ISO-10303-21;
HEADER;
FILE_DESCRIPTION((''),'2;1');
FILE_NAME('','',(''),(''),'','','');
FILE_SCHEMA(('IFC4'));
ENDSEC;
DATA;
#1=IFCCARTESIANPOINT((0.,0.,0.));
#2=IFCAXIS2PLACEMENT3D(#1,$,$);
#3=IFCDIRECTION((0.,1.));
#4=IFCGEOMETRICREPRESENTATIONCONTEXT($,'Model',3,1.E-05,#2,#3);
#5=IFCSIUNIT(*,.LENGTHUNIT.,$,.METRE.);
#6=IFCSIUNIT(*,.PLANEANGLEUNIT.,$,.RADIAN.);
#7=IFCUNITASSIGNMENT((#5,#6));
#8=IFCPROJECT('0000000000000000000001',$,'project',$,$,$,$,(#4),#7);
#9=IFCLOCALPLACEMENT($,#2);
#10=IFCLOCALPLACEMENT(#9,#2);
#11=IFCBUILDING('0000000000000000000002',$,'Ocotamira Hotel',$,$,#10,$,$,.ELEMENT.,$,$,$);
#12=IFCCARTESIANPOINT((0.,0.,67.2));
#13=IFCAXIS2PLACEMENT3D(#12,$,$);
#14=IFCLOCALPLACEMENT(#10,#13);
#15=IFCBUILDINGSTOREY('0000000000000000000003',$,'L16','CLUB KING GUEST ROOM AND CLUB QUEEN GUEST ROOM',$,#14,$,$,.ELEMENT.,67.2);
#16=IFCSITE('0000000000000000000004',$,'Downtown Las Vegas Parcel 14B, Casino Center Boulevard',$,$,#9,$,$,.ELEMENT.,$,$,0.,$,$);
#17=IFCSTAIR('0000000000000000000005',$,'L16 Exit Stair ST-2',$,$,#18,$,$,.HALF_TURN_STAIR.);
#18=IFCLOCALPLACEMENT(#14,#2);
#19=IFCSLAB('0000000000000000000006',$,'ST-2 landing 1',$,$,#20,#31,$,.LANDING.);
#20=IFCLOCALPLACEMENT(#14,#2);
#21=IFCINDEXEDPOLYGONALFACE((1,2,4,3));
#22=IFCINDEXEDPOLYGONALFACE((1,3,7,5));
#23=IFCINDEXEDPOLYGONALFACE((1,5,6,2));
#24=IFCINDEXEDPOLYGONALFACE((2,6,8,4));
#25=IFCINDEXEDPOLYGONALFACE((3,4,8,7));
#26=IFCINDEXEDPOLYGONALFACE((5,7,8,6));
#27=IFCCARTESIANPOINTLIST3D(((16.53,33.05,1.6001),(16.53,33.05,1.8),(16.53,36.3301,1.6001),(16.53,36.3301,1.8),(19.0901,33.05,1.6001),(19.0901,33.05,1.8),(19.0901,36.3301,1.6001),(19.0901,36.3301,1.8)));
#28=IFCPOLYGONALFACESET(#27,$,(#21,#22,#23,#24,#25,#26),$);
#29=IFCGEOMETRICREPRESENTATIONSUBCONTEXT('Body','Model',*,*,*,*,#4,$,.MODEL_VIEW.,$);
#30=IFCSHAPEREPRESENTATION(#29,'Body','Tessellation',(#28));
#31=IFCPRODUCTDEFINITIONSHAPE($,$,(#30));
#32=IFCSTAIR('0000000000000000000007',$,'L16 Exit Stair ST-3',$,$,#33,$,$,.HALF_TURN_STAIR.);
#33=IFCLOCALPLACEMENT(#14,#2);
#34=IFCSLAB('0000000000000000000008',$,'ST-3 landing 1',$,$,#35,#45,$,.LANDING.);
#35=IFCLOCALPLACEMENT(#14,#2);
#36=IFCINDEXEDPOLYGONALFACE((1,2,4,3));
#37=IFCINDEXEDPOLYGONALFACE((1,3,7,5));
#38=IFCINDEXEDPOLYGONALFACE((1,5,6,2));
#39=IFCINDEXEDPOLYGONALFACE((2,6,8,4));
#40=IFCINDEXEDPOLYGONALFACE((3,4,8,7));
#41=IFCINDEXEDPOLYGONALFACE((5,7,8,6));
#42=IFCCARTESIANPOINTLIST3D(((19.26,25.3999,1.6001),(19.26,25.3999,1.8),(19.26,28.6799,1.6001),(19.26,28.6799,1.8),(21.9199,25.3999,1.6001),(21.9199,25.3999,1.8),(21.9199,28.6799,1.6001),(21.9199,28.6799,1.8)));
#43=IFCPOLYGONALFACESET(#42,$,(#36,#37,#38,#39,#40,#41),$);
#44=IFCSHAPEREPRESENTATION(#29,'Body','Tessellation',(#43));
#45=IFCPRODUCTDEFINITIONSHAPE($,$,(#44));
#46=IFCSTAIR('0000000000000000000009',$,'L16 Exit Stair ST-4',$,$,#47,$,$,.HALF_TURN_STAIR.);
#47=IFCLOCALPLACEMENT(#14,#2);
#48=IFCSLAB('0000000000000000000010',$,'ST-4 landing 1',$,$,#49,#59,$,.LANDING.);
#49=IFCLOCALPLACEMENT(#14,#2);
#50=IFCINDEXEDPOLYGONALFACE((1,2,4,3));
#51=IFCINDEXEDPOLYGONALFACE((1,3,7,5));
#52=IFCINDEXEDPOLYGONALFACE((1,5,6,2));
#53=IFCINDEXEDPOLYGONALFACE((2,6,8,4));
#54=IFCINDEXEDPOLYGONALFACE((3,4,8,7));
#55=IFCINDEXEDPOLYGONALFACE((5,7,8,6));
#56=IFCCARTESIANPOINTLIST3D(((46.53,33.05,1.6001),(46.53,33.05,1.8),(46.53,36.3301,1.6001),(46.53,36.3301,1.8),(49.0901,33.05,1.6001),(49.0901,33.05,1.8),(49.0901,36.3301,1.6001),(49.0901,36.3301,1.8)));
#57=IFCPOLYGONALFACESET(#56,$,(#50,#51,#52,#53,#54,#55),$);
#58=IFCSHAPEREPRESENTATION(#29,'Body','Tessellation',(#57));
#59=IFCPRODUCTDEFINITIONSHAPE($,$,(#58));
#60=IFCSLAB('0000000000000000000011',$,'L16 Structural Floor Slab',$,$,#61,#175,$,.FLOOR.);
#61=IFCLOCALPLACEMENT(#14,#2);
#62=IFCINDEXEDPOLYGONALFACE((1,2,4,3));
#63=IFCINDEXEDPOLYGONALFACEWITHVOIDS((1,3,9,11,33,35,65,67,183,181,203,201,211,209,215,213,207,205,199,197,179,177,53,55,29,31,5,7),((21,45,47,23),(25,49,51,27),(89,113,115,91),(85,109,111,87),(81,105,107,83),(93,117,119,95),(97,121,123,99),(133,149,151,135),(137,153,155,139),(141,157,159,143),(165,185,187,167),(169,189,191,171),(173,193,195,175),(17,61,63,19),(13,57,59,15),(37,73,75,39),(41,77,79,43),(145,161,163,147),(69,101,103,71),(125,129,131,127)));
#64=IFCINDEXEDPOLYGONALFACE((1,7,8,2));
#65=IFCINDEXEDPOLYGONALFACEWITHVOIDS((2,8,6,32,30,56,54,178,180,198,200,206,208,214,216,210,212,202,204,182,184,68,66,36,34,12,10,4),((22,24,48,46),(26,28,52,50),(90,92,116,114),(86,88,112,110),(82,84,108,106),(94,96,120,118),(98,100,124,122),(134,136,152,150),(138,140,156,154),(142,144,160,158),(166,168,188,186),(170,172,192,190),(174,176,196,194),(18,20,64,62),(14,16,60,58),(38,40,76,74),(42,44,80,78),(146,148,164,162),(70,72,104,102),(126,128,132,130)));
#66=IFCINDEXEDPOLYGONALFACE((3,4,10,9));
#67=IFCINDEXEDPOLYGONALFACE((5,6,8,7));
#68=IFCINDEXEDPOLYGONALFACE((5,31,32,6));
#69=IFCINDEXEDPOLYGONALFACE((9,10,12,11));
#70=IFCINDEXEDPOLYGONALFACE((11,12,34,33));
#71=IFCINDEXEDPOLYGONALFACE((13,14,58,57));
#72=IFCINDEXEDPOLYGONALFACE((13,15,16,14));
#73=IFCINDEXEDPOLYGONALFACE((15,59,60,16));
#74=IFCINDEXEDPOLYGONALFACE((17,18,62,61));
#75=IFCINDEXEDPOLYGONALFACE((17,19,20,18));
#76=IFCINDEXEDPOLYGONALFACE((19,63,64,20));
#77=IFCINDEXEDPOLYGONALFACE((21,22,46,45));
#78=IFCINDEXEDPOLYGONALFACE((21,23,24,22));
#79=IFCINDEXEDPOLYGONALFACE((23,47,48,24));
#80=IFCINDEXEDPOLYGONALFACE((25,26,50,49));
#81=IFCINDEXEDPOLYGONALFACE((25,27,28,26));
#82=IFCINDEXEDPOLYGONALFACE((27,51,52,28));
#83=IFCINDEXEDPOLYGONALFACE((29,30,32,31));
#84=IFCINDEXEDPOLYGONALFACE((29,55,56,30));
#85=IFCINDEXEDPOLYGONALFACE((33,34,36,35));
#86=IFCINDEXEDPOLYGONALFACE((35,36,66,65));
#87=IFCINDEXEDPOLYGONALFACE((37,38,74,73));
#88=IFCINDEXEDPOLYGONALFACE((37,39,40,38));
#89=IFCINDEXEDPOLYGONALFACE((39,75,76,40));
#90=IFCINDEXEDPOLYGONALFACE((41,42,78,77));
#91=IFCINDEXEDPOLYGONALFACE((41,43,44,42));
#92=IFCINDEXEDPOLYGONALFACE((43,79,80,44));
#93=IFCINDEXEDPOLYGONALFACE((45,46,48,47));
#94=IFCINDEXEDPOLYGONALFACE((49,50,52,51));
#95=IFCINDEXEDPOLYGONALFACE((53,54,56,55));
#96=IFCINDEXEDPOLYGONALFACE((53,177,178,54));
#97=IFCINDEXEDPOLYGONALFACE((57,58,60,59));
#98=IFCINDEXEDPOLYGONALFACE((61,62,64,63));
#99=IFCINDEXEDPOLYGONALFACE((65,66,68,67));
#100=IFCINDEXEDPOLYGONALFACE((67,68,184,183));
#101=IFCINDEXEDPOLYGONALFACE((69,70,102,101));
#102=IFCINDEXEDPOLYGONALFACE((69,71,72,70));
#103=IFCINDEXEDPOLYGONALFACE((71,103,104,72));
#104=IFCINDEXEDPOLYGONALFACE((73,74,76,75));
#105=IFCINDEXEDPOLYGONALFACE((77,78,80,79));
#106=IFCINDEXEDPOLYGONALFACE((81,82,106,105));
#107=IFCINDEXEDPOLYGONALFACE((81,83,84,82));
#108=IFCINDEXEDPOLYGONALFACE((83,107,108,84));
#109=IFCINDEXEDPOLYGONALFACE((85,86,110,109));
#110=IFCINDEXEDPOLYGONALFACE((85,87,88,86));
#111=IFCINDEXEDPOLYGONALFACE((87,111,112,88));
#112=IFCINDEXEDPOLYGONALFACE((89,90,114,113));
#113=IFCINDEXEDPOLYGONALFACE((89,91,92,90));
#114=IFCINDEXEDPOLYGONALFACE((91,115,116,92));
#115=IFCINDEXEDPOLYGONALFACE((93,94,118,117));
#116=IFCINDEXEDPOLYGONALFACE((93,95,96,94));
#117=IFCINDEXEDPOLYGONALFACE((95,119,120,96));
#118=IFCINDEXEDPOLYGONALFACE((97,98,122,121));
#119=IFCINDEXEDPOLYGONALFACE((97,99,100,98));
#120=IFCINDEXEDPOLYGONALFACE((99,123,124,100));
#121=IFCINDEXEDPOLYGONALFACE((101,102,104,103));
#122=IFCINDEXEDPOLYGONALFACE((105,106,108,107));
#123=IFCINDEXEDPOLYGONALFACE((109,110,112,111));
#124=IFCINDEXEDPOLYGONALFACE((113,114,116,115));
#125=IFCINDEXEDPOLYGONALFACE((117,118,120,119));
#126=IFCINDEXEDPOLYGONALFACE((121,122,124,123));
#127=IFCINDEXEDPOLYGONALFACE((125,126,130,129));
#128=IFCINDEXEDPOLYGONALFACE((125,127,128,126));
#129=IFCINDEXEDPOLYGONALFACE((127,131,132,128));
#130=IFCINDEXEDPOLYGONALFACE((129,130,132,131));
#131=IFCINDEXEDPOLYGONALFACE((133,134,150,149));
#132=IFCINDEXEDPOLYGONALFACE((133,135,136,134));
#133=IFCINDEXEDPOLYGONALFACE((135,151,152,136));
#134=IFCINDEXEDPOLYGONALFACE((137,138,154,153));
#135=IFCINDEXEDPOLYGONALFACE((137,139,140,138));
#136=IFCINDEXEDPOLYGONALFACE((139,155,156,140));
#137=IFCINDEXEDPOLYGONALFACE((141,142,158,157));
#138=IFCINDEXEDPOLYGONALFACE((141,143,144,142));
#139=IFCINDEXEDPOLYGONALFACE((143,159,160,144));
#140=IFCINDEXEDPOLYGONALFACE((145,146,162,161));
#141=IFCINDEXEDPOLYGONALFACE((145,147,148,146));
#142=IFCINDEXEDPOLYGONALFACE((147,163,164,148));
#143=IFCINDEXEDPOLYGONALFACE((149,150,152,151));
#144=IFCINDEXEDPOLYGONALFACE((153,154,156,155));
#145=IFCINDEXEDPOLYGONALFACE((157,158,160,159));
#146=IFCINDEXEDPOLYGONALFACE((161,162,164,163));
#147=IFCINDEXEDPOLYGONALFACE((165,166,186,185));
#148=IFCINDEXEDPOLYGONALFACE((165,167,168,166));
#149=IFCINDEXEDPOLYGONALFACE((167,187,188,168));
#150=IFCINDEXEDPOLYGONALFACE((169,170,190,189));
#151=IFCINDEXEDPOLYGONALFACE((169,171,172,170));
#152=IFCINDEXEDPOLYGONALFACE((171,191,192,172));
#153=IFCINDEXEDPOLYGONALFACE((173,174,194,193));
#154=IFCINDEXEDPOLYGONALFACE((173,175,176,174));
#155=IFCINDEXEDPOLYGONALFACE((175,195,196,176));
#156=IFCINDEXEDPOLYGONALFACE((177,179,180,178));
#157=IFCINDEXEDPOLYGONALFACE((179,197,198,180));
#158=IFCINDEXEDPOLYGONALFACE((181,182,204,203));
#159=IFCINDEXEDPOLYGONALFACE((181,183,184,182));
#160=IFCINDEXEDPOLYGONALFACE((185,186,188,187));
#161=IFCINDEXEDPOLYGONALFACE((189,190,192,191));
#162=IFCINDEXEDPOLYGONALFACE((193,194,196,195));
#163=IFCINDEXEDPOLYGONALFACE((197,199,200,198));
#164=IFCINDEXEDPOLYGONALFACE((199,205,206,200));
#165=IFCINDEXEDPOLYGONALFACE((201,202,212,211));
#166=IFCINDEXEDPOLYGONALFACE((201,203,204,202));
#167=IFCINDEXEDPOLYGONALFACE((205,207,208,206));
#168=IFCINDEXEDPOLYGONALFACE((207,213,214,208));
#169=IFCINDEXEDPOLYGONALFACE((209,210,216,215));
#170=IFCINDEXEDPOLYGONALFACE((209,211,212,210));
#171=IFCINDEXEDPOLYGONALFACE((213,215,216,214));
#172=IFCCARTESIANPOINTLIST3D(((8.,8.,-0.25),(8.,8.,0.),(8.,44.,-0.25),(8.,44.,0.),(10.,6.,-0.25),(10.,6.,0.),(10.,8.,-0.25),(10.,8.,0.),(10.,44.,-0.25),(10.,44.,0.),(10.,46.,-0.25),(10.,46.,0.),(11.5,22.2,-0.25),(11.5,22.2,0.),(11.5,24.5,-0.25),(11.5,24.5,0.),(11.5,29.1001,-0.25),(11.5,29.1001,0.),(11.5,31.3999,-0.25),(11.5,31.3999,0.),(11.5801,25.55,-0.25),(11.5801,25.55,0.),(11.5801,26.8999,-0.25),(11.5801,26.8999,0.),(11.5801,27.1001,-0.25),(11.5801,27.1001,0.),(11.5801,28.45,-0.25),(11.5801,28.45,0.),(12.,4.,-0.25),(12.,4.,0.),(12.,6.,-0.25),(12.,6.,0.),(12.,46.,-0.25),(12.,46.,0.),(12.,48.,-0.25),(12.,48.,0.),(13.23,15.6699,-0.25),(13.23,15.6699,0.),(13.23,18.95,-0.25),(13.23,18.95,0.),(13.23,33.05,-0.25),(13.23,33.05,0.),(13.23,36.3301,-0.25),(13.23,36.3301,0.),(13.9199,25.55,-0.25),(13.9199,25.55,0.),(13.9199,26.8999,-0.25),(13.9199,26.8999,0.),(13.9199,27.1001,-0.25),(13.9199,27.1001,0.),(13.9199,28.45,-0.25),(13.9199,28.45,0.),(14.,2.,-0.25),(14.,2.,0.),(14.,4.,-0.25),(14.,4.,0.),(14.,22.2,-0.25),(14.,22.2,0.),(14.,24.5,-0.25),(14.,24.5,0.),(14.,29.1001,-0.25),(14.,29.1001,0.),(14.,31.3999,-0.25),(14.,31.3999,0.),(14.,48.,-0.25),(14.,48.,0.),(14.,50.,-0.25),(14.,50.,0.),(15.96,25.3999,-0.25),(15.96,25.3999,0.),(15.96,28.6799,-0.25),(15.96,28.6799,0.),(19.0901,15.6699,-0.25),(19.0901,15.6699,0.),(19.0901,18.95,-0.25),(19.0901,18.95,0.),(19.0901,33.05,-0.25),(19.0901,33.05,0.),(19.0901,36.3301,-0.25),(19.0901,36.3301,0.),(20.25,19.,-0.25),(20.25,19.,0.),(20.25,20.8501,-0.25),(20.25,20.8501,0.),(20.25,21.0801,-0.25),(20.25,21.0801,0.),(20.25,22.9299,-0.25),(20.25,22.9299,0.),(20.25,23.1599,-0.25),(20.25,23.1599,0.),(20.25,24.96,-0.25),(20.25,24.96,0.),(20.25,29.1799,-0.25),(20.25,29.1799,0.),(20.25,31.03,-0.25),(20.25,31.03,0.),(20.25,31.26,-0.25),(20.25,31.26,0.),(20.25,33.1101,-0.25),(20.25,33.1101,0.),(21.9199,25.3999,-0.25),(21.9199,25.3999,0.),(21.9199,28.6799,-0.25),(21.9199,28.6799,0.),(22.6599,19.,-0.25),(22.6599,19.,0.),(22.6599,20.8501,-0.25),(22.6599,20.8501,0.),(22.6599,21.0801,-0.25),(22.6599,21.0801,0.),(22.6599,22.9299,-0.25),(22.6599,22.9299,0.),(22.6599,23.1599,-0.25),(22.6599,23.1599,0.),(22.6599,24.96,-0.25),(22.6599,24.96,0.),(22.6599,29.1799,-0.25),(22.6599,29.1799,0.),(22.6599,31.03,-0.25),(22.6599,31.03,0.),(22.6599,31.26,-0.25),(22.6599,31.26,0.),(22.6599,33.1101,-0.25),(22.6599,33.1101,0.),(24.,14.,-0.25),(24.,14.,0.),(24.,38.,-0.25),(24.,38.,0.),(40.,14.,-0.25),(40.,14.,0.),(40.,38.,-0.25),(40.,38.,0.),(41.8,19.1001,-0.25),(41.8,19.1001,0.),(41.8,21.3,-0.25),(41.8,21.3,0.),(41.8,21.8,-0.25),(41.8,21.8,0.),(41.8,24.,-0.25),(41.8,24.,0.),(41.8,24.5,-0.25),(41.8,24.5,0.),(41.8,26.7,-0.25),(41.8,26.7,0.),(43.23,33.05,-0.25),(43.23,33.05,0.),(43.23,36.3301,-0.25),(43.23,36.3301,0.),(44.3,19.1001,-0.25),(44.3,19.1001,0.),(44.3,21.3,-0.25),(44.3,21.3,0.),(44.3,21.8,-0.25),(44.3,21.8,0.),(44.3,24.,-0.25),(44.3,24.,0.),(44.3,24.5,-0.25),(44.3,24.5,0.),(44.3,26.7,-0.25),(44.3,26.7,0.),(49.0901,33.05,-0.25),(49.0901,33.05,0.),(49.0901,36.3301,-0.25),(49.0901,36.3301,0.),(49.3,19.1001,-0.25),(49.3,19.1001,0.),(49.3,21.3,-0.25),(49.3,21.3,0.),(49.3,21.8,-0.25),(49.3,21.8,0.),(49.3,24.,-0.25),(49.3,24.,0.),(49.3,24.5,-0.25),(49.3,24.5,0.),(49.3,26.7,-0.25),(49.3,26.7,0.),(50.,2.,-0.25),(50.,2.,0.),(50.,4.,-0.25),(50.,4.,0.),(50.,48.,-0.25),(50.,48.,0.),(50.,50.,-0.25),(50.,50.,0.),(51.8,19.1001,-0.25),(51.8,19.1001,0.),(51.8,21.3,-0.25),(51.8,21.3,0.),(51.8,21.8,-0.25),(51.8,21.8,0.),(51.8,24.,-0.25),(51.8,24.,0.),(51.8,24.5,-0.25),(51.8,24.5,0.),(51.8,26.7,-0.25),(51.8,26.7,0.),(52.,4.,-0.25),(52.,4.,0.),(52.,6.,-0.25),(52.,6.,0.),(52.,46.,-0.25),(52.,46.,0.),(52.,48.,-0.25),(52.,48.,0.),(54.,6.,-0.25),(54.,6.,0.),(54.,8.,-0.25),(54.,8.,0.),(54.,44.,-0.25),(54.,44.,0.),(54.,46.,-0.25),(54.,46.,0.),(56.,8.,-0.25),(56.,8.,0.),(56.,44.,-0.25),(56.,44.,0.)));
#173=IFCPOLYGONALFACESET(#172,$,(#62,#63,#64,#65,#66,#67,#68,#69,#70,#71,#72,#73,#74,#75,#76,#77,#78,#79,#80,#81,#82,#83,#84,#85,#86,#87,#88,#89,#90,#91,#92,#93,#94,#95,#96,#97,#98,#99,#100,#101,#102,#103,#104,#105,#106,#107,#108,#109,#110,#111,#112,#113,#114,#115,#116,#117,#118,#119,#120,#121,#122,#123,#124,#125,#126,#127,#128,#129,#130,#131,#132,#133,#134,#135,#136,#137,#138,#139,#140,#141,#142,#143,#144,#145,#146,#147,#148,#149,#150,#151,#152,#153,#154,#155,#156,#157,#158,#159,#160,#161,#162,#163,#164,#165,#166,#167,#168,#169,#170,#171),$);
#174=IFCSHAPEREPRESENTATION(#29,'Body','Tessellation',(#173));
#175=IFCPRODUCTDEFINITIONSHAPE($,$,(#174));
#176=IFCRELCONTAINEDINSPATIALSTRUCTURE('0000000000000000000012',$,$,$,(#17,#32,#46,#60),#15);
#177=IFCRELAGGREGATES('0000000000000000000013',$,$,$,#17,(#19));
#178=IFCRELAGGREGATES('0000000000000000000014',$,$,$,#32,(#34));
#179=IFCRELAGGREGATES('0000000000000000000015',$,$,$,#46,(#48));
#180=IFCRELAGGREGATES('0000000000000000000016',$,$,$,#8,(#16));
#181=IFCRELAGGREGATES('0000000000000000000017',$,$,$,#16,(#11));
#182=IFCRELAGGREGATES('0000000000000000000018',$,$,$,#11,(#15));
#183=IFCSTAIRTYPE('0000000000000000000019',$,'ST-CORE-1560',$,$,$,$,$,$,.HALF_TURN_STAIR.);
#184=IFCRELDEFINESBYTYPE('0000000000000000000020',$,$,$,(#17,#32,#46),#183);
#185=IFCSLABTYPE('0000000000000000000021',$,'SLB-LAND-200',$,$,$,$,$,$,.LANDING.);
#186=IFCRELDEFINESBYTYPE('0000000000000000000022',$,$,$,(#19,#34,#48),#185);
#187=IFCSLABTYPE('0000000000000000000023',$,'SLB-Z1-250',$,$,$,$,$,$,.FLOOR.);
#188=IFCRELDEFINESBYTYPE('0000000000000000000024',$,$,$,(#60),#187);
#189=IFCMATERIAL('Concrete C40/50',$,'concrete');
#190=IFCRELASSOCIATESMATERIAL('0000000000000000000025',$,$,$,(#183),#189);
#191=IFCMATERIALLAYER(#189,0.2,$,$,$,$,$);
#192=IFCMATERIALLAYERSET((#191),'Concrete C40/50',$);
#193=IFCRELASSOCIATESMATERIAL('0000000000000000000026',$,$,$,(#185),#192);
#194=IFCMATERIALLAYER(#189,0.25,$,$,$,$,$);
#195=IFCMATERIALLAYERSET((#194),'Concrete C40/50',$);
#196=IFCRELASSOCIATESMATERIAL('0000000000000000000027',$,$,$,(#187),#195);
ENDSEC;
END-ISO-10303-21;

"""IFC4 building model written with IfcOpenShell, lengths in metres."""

from ifc_helpers import new_model, si_unit, direction, frame, origin, place, context, subcontext, project, spatial, polyline, outline, extrude, material, layer, layer_set, type_object, element, aggregate, save


model = new_model("IFC4")

# Units and contexts
model_context = context("Model", 3, precision=1e-05, world=origin(), true_north=direction((0.0, 1.0)))
body_context = subcontext(model_context, "Body", "Model", "MODEL_VIEW")
ifc_project = project(units=[si_unit("LENGTHUNIT", "METRE"), si_unit("PLANEANGLEUNIT", "RADIAN")], contexts=[model_context])

# Site, building, storey
site_placement = place(None, origin())
site = spatial("IfcSite", under=ifc_project, at=site_placement, Name="Downtown Las Vegas Parcel 14B, Casino Center Boulevard", CompositionType="ELEMENT", RefElevation=0.0)
building_placement = place(site_placement, origin())
building = spatial("IfcBuilding", under=site, at=building_placement, Name="Ocotamira Hotel", CompositionType="ELEMENT")
storey_placement = place(building_placement, frame((0.0, 0.0, 67.2)))
storey = spatial("IfcBuildingStorey", under=building, at=storey_placement, Name="L16", Description="CLUB KING GUEST ROOM AND CLUB QUEEN GUEST ROOM", CompositionType="ELEMENT", Elevation=67.2)

# Stairs, slabs
ifc_material_1 = material(Name="Concrete C40/50", Category="concrete")
stair_type = type_object("IfcStairType", Name="ST-CORE-1560", PredefinedType="HALF_TURN_STAIR", material=ifc_material_1)
ifc_layer_1 = layer(ifc_material_1, 0.2)
ifc_layer_set_1 = layer_set([ifc_layer_1], Name="Concrete C40/50")
slab_type_1 = type_object("IfcSlabType", Name="SLB-LAND-200", PredefinedType="LANDING", material=ifc_layer_set_1)
stair_1_placement = place(storey_placement, origin())
stair_1 = element("IfcStair", 1, at=stair_1_placement, inside=storey, type_object=stair_type, Name="L16 Exit Stair ST-2", PredefinedType="HALF_TURN_STAIR")
slab_1_placement = place(storey_placement, frame((0.0, 0.0, 1.6001)))
slab_1 = element("IfcSlab", 2, at=slab_1_placement, type_object=slab_type_1, Name="ST-2 landing 1", PredefinedType="LANDING", context=body_context, shape_type="SweptSolid", body=[
    extrude(outline(polyline([(16.53, 33.05), (19.0901, 33.05), (19.0901, 36.3301), (16.53, 36.3301), (16.53, 33.05)])), origin(), (0.0, 0.0, 1.0), 0.2),
])
aggregate(stair_1, [slab_1])
stair_2_placement = place(storey_placement, origin())
stair_2 = element("IfcStair", 3, at=stair_2_placement, inside=storey, type_object=stair_type, Name="L16 Exit Stair ST-3", PredefinedType="HALF_TURN_STAIR")
slab_2_placement = place(storey_placement, frame((0.0, 0.0, 1.6001)))
slab_2 = element("IfcSlab", 4, at=slab_2_placement, type_object=slab_type_1, Name="ST-3 landing 1", PredefinedType="LANDING", context=body_context, shape_type="SweptSolid", body=[
    extrude(outline(polyline([(19.26, 25.3999), (21.9199, 25.3999), (21.9199, 28.6799), (19.26, 28.6799), (19.26, 25.3999)])), origin(), (0.0, 0.0, 1.0), 0.2),
])
aggregate(stair_2, [slab_2])
stair_3_placement = place(storey_placement, origin())
stair_3 = element("IfcStair", 5, at=stair_3_placement, inside=storey, type_object=stair_type, Name="L16 Exit Stair ST-4", PredefinedType="HALF_TURN_STAIR")
slab_3_placement = place(storey_placement, frame((0.0, 0.0, 1.6001)))
slab_3 = element("IfcSlab", 6, at=slab_3_placement, type_object=slab_type_1, Name="ST-4 landing 1", PredefinedType="LANDING", context=body_context, shape_type="SweptSolid", body=[
    extrude(outline(polyline([(46.53, 33.05), (49.0901, 33.05), (49.0901, 36.3301), (46.53, 36.3301), (46.53, 33.05)])), origin(), (0.0, 0.0, 1.0), 0.2),
])
aggregate(stair_3, [slab_3])

# Slab
ifc_layer_2 = layer(ifc_material_1, 0.25)
ifc_layer_set_2 = layer_set([ifc_layer_2], Name="Concrete C40/50")
slab_type_2 = type_object("IfcSlabType", Name="SLB-Z1-250", PredefinedType="FLOOR", material=ifc_layer_set_2)
slab_4_placement = place(storey_placement, frame((0.0, 0.0, -0.25)))
element("IfcSlab", 7, at=slab_4_placement, inside=storey, type_object=slab_type_2, Name="L16 Structural Floor Slab", PredefinedType="FLOOR", context=body_context, shape_type="SweptSolid", body=[
    extrude(outline(polyline([(14.0, 2.0), (50.0, 2.0), (50.0, 4.0), (52.0, 4.0), (52.0, 6.0), (54.0, 6.0), (54.0, 8.0), (56.0, 8.0), (56.0, 44.0), (54.0, 44.0), (54.0, 46.0), (52.0, 46.0), (52.0, 48.0), (50.0, 48.0), (50.0, 50.0), (14.0, 50.0), (14.0, 48.0), (12.0, 48.0), (12.0, 46.0), (10.0, 46.0), (10.0, 44.0), (8.0, 44.0), (8.0, 8.0), (10.0, 8.0), (10.0, 6.0), (12.0, 6.0), (12.0, 4.0), (14.0, 4.0), (14.0, 2.0)]), holes=[polyline([(24.0, 14.0), (40.0, 14.0), (40.0, 38.0), (24.0, 38.0), (24.0, 14.0)]), polyline([(13.23, 15.6699), (19.0901, 15.6699), (19.0901, 18.95), (13.23, 18.95), (13.23, 15.6699)]), polyline([(13.23, 33.05), (19.0901, 33.05), (19.0901, 36.3301), (13.23, 36.3301), (13.23, 33.05)]), polyline([(15.96, 25.3999), (21.9199, 25.3999), (21.9199, 28.6799), (15.96, 28.6799), (15.96, 25.3999)]), polyline([(43.23, 33.05), (49.0901, 33.05), (49.0901, 36.3301), (43.23, 36.3301), (43.23, 33.05)]), polyline([(49.3, 19.1001), (51.8, 19.1001), (51.8, 21.3), (49.3, 21.3), (49.3, 19.1001)]), polyline([(49.3, 21.8), (51.8, 21.8), (51.8, 24.0), (49.3, 24.0), (49.3, 21.8)]), polyline([(49.3, 24.5), (51.8, 24.5), (51.8, 26.7), (49.3, 26.7), (49.3, 24.5)]), polyline([(41.8, 19.1001), (44.3, 19.1001), (44.3, 21.3), (41.8, 21.3), (41.8, 19.1001)]), polyline([(41.8, 21.8), (44.3, 21.8), (44.3, 24.0), (41.8, 24.0), (41.8, 21.8)]), polyline([(41.8, 24.5), (44.3, 24.5), (44.3, 26.7), (41.8, 26.7), (41.8, 24.5)]), polyline([(20.25, 19.0), (22.6599, 19.0), (22.6599, 20.8501), (20.25, 20.8501), (20.25, 19.0)]), polyline([(20.25, 21.0801), (22.6599, 21.0801), (22.6599, 22.9299), (20.25, 22.9299), (20.25, 21.0801)]), polyline([(20.25, 23.1599), (22.6599, 23.1599), (22.6599, 24.96), (20.25, 24.96), (20.25, 23.1599)]), polyline([(20.25, 29.1799), (22.6599, 29.1799), (22.6599, 31.03), (20.25, 31.03), (20.25, 29.1799)]), polyline([(20.25, 31.26), (22.6599, 31.26), (22.6599, 33.1101), (20.25, 33.1101), (20.25, 31.26)]), polyline([(11.5, 22.2), (14.0, 22.2), (14.0, 24.5), (11.5, 24.5), (11.5, 22.2)]), polyline([(11.5, 29.1001), (14.0, 29.1001), (14.0, 31.3999), (11.5, 31.3999), (11.5, 29.1001)]), polyline([(11.5801, 25.55), (13.9199, 25.55), (13.9199, 26.8999), (11.5801, 26.8999), (11.5801, 25.55)]), polyline([(11.5801, 27.1001), (13.9199, 27.1001), (13.9199, 28.45), (11.5801, 28.45), (11.5801, 27.1001)])]), origin(), (0.0, 0.0, 1.0), 0.25),
])

save(model, "model.ifc")
